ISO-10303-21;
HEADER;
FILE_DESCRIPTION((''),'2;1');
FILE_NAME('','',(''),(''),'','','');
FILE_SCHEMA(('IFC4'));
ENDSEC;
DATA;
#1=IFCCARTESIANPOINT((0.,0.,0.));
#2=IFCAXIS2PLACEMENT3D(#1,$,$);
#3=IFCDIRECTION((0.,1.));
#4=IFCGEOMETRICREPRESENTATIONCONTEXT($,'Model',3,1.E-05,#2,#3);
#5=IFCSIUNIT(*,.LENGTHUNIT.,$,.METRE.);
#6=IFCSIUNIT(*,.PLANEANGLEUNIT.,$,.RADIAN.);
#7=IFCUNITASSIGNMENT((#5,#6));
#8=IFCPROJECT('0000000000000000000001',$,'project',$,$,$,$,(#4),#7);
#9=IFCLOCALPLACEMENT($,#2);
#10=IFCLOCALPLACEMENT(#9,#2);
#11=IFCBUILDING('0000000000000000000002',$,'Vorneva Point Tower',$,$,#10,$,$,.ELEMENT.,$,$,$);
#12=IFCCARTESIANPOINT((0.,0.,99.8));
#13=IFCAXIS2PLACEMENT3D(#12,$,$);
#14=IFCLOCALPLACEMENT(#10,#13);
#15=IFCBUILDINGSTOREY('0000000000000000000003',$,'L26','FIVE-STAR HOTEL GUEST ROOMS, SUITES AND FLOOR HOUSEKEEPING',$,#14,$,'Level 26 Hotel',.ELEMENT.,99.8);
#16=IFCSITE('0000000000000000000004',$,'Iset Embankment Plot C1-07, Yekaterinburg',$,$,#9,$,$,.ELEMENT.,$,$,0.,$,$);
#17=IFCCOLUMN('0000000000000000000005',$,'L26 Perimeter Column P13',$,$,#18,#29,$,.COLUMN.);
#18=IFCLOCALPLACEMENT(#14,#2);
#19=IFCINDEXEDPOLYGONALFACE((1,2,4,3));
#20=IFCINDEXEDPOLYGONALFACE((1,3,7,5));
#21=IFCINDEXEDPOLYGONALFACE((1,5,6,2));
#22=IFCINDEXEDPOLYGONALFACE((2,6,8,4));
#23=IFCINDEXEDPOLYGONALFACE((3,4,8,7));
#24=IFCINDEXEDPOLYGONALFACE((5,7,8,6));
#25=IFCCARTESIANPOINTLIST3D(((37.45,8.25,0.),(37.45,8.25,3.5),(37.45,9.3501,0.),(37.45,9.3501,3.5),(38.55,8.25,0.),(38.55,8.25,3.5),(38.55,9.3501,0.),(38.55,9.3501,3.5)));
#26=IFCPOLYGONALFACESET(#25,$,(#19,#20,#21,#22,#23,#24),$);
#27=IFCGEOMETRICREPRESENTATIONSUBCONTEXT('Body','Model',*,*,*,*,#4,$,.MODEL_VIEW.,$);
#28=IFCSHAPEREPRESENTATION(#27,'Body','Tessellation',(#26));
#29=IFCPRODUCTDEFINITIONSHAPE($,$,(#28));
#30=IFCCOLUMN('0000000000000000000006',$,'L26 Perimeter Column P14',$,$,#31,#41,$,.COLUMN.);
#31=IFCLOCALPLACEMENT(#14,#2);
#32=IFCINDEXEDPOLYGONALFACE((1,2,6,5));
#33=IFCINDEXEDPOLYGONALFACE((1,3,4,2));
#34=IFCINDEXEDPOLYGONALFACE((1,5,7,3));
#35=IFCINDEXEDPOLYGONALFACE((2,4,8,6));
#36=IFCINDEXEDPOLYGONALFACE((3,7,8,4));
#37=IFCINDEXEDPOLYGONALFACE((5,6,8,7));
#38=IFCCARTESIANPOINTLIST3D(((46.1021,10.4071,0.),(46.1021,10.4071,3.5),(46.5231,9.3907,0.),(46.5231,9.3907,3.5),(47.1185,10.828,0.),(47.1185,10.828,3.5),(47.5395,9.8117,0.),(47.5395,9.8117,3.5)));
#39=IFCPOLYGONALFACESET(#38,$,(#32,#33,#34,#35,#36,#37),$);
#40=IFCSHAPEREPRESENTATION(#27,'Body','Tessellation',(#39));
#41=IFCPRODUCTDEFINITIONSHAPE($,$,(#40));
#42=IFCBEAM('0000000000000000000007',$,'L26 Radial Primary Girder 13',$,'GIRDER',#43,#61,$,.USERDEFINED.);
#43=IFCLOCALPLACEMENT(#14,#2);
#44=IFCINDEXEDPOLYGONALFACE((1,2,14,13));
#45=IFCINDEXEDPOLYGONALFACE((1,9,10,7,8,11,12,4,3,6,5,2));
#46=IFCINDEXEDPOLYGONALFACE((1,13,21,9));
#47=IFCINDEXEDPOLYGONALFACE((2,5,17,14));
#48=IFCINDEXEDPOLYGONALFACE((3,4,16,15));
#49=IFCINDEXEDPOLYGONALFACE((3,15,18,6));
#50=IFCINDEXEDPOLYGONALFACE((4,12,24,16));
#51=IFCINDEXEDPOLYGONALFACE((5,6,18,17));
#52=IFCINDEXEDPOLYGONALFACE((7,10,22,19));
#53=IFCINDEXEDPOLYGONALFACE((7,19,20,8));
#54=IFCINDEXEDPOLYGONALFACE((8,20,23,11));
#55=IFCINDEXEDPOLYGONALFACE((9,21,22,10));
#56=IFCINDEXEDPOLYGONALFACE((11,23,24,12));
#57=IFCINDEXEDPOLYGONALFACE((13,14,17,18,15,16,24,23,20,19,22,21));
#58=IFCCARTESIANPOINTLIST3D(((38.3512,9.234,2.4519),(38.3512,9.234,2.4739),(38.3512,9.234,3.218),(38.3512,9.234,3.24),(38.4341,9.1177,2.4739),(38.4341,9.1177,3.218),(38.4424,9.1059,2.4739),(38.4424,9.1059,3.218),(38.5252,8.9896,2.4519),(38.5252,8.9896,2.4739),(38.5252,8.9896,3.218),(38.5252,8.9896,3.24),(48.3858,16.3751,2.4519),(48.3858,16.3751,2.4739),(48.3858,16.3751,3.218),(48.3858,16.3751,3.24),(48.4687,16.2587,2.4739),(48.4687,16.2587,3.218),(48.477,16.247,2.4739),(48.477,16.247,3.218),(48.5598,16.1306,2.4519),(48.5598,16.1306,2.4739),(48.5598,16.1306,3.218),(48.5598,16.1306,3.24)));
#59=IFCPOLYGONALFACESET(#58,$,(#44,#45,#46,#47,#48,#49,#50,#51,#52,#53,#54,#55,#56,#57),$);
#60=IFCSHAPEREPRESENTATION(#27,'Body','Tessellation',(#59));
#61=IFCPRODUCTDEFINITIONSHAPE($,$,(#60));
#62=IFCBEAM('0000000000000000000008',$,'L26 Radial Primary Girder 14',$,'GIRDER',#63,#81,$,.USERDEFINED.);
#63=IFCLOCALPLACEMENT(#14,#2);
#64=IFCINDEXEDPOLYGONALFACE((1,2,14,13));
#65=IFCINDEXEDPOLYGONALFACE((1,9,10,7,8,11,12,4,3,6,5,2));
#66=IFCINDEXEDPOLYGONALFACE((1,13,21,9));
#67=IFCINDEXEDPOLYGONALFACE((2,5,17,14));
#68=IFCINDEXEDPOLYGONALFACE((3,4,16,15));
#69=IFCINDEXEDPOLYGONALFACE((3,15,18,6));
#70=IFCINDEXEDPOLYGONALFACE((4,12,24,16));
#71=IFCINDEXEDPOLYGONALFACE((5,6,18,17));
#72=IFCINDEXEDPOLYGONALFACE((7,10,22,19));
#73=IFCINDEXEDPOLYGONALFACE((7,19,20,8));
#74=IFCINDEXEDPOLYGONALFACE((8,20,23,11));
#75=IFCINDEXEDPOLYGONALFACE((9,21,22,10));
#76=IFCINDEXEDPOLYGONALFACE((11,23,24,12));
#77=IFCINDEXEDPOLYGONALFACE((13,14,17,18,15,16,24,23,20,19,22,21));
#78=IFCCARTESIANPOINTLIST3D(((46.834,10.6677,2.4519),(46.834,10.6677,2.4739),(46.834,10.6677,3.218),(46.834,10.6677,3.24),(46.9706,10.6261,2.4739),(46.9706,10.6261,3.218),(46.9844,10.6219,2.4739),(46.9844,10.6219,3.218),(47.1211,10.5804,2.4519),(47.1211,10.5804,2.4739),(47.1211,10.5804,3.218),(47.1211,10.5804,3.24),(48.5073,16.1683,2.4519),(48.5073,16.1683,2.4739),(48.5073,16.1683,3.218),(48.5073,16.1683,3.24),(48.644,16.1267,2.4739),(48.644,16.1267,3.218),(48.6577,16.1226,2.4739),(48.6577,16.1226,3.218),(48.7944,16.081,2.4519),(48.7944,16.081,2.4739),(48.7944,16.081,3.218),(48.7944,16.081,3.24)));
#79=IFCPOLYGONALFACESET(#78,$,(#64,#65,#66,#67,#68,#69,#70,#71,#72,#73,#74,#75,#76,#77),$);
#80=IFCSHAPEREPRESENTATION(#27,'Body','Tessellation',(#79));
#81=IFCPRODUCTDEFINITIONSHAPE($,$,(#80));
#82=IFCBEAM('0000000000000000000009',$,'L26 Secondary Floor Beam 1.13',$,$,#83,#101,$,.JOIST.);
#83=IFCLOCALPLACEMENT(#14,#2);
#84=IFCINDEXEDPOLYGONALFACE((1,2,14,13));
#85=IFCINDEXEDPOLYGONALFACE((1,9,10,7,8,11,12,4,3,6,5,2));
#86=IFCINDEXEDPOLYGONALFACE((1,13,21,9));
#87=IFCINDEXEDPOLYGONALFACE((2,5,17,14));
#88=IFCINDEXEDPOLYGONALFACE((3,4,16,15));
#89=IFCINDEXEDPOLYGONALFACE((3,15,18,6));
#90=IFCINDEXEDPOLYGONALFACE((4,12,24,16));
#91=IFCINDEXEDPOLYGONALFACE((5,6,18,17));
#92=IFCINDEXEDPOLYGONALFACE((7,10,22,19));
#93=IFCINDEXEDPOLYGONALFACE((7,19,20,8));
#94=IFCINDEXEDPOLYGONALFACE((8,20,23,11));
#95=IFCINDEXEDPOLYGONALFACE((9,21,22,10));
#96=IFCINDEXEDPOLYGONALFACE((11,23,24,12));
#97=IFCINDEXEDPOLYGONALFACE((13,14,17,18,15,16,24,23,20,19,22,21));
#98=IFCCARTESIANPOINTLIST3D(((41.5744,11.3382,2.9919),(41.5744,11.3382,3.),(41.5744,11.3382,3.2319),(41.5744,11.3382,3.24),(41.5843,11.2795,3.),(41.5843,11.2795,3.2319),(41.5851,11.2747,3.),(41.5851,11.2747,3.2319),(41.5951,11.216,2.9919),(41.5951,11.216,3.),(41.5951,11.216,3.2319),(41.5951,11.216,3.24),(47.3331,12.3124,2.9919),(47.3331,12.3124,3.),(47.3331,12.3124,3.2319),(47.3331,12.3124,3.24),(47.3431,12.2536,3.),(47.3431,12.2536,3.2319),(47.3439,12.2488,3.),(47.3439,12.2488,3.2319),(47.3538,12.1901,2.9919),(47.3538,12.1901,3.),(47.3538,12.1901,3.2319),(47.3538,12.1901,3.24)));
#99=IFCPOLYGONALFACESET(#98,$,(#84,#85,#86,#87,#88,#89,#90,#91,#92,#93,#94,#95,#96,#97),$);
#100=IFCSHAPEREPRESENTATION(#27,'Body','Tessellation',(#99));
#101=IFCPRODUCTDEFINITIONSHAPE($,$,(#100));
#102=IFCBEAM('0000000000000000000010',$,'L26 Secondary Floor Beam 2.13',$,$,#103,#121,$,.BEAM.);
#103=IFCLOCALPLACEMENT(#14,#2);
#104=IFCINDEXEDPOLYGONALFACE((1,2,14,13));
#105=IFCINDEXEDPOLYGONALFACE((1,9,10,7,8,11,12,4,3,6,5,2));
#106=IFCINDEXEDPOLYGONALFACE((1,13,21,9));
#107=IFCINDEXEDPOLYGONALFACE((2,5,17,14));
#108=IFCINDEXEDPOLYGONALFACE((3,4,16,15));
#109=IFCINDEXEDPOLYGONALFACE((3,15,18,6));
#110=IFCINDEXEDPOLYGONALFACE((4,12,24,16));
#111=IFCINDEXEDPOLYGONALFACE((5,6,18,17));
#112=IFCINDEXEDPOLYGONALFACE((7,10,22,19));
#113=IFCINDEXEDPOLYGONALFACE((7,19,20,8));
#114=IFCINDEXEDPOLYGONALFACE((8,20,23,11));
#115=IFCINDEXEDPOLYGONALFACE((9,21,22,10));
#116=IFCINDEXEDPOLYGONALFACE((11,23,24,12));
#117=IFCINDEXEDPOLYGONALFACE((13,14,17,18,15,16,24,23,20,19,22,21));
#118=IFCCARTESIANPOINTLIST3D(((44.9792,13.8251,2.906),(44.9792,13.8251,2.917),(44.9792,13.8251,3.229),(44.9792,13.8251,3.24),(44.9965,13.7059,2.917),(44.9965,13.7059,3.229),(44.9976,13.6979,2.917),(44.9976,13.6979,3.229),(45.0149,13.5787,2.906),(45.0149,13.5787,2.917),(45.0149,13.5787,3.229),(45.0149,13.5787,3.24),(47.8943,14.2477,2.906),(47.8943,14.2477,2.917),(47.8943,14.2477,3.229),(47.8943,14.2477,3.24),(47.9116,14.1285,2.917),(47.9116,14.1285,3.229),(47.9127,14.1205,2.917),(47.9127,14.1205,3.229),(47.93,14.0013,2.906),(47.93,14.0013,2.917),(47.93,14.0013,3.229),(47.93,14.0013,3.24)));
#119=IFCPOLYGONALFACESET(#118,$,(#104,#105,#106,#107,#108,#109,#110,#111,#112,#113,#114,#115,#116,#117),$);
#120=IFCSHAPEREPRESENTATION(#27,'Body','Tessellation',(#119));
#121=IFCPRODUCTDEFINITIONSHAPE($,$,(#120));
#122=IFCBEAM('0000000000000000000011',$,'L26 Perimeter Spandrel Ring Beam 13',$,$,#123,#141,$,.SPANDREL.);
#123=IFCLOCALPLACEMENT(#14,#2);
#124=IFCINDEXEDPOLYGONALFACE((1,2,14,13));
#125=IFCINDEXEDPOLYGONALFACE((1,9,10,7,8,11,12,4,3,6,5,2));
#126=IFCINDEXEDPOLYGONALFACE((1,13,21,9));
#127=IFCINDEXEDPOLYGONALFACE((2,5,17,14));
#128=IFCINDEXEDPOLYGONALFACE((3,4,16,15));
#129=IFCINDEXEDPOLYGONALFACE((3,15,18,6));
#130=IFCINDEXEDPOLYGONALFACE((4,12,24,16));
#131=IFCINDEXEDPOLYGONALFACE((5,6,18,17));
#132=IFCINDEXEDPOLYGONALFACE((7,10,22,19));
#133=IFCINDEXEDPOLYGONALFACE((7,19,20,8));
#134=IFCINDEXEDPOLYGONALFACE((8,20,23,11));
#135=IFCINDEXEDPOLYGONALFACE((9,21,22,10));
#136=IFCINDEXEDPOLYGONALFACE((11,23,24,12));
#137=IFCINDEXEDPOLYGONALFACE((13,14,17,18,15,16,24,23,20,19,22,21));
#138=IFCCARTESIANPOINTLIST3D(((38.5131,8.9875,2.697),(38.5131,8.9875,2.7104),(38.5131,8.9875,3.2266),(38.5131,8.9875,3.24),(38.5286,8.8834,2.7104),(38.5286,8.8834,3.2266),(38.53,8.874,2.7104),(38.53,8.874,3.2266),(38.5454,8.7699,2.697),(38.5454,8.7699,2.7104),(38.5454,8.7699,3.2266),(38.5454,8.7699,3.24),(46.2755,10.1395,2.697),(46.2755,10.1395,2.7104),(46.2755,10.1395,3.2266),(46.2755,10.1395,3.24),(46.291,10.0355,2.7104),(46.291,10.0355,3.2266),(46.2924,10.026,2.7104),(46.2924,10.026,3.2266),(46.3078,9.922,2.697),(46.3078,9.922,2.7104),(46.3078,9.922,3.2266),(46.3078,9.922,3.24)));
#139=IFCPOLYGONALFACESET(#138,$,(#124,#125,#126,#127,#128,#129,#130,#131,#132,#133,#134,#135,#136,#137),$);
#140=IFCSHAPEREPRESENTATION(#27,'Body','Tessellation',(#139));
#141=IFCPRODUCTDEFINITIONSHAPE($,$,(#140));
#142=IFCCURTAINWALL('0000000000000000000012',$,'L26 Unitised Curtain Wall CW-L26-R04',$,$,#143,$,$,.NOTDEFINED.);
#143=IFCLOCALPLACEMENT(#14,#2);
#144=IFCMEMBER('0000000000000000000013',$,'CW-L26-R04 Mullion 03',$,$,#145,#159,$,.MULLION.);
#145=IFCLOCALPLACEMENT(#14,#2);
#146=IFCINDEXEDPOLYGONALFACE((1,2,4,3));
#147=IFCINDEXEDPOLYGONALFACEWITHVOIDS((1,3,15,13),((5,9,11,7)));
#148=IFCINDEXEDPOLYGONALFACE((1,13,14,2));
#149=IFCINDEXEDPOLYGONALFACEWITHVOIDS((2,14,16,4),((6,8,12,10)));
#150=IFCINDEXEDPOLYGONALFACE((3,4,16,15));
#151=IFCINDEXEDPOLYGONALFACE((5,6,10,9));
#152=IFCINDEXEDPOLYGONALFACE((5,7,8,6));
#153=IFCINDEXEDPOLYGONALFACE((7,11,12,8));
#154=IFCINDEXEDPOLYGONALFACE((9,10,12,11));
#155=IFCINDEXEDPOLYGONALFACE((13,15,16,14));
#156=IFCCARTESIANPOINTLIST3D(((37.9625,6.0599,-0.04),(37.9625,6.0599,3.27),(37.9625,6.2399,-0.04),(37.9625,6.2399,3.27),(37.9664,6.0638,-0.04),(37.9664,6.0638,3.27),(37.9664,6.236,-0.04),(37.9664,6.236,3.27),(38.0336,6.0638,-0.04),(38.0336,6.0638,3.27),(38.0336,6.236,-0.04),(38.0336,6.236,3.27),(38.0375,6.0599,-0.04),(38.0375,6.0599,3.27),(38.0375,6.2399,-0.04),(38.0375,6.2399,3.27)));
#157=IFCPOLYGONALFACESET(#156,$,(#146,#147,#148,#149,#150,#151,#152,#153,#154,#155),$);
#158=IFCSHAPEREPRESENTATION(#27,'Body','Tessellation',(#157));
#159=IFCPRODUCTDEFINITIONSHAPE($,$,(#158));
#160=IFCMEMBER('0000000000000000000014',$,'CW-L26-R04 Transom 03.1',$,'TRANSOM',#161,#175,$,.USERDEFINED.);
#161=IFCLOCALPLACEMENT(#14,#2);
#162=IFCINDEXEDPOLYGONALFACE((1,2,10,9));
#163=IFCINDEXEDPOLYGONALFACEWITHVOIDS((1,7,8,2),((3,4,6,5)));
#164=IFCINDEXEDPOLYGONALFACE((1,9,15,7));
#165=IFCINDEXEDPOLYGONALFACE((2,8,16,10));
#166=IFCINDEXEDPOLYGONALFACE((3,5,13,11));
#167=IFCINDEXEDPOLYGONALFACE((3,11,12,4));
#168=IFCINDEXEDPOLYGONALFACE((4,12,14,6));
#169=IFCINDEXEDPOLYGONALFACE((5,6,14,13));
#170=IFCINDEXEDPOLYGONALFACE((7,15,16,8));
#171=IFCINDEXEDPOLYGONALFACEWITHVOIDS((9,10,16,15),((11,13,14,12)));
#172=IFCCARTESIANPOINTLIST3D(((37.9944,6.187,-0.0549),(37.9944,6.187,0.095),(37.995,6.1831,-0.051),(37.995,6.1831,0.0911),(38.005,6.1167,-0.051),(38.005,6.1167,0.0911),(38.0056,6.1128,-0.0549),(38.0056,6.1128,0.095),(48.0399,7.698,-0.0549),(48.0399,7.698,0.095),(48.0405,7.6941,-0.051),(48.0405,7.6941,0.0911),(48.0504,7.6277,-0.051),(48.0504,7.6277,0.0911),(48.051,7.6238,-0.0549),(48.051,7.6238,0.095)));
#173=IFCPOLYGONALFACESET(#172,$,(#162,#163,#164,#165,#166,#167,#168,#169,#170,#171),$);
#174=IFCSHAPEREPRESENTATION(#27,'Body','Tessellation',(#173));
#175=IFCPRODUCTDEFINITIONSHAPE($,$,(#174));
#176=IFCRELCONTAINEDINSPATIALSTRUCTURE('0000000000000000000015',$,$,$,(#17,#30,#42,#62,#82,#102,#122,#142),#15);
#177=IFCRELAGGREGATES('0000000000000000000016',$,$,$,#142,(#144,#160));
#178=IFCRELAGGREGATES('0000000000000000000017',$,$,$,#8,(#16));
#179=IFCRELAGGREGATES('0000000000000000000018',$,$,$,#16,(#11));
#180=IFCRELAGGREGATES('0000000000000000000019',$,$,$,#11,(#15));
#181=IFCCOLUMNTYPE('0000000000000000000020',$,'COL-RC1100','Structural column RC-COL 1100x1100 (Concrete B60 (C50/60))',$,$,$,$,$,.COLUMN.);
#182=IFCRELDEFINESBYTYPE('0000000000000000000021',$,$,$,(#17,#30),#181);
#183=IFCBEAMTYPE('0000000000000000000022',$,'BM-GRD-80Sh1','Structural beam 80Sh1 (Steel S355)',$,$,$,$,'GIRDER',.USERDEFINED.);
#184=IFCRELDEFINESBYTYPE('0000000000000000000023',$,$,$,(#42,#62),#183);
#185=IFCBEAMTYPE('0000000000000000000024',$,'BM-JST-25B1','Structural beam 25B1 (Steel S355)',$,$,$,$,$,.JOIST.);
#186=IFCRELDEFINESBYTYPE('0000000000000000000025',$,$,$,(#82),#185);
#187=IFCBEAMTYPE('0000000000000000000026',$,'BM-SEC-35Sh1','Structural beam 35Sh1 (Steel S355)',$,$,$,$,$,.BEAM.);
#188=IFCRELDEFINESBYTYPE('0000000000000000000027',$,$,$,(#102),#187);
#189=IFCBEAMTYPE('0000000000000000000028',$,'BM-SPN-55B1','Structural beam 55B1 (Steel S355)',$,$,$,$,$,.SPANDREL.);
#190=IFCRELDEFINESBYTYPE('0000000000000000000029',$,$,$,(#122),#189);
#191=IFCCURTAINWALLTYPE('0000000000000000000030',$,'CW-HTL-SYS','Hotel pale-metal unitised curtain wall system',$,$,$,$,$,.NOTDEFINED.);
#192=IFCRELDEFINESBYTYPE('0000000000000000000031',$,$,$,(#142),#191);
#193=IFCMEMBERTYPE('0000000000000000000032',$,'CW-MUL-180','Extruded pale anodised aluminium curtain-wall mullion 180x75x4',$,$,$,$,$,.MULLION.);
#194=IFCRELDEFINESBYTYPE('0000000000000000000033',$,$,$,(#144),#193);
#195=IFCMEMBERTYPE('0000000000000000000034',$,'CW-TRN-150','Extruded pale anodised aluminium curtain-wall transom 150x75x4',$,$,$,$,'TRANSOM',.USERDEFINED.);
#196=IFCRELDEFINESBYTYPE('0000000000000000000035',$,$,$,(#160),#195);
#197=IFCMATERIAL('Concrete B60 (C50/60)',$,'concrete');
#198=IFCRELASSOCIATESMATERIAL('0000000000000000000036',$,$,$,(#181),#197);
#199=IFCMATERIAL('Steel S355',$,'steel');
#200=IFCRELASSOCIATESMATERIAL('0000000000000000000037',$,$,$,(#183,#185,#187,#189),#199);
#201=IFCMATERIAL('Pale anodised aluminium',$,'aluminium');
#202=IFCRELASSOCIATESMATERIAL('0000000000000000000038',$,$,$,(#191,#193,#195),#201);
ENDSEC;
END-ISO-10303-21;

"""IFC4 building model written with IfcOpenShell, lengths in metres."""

from ifc_helpers import new_model, si_unit, direction, frame, origin, origin_2d, place, context, subcontext, project, spatial, rectangle, hollow_rectangle, i_section, extrude, material, material_profile, profile_set, type_object, element, aggregate, save


model = new_model("IFC4")

# Units and contexts
model_context = context("Model", 3, precision=1e-05, world=origin(), true_north=direction((0.0, 1.0)))
body_context = subcontext(model_context, "Body", "Model", "MODEL_VIEW")
ifc_project = project(units=[si_unit("LENGTHUNIT", "METRE"), si_unit("PLANEANGLEUNIT", "RADIAN")], contexts=[model_context])

# Site, building, storey
site_placement = place(None, origin())
site = spatial("IfcSite", under=ifc_project, at=site_placement, Name="Iset Embankment Plot C1-07, Yekaterinburg", CompositionType="ELEMENT", RefElevation=0.0)
building_placement = place(site_placement, origin())
building = spatial("IfcBuilding", under=site, at=building_placement, Name="Vorneva Point Tower", CompositionType="ELEMENT")
storey_placement = place(building_placement, frame((0.0, 0.0, 99.8)))
storey = spatial("IfcBuildingStorey", under=building, at=storey_placement, Name="L26", Description="FIVE-STAR HOTEL GUEST ROOMS, SUITES AND FLOOR HOUSEKEEPING", LongName="Level 26 Hotel", CompositionType="ELEMENT", Elevation=99.8)

# Columns
ifc_material_1 = material(Name="Concrete B60 (C50/60)", Category="concrete")
ifc_material_profile_1 = material_profile(ifc_material_1, rectangle(XDim=1.1001, YDim=1.1001, at=origin_2d()), Name="RC-COL 1100x1100")
ifc_profile_set_1 = profile_set([ifc_material_profile_1], Name="Concrete B60 (C50/60)")
column_type = type_object("IfcColumnType", Name="COL-RC1100", Description="Structural column RC-COL 1100x1100 (Concrete B60 (C50/60))", PredefinedType="COLUMN", material=ifc_profile_set_1)
for number, where, z_axis, x_axis, name in (
    (1, (38.0, 8.8, 0.0), (0.0, 0.0, 1.0), (0.0, -1.0, 0.0), "L26 Perimeter Column P13"),
    (2, (46.8208, 10.1094, 0.0), (0.0, 0.0, 1.0), (0.382683, -0.92388, 0.0), "L26 Perimeter Column P14"),
):
    element("IfcColumn", number, at=place(storey_placement, frame(where, z_axis=z_axis, x_axis=x_axis)), inside=storey, type_object=column_type, Name=name, PredefinedType="COLUMN", context=body_context, shape_type="SweptSolid", body=[
        extrude(rectangle(XDim=1.1001, YDim=1.1001, at=origin_2d()), origin(), (0.0, 0.0, 1.0), 3.5),
    ])

# Beams
ifc_material_2 = material(Name="Steel S355", Category="steel")
ifc_material_profile_2 = material_profile(ifc_material_2, i_section(OverallWidth=0.3, OverallDepth=0.7881, WebThickness=0.0144, FlangeThickness=0.022, at=origin_2d()), Name="80Sh1")
ifc_profile_set_2 = profile_set([ifc_material_profile_2], Name="Steel S355")
beam_type_1 = type_object("IfcBeamType", Name="BM-GRD-80Sh1", Description="Structural beam 80Sh1 (Steel S355)", ElementType="GIRDER", PredefinedType="USERDEFINED", material=ifc_profile_set_2)
beam_1_placement = place(storey_placement, frame((38.4382, 9.1118, 2.8459), z_axis=(0.81475, 0.579812, 0.0), x_axis=(-0.579812, 0.81475, 0.0)))
element("IfcBeam", 3, at=beam_1_placement, inside=storey, type_object=beam_type_1, Name="L26 Radial Primary Girder 13", ObjectType="GIRDER", PredefinedType="USERDEFINED", context=body_context, shape_type="SweptSolid", body=[
    extrude(i_section(OverallWidth=0.3, OverallDepth=0.7881, WebThickness=0.0144, FlangeThickness=0.022, at=origin_2d()), origin(), (0.0, 0.0, 1.0), 12.3162),
])
beam_2_placement = place(storey_placement, frame((46.9775, 10.624, 2.8459), z_axis=(0.291035, 0.956712, 0.0), x_axis=(-0.956712, 0.291035, 0.0)))
element("IfcBeam", 4, at=beam_2_placement, inside=storey, type_object=beam_type_1, Name="L26 Radial Primary Girder 14", ObjectType="GIRDER", PredefinedType="USERDEFINED", context=body_context, shape_type="SweptSolid", body=[
    extrude(i_section(OverallWidth=0.3, OverallDepth=0.7881, WebThickness=0.0144, FlangeThickness=0.022, at=origin_2d()), origin(), (0.0, 0.0, 1.0), 5.7495),
])
ifc_material_profile_3 = material_profile(ifc_material_2, i_section(OverallWidth=0.124, OverallDepth=0.248, WebThickness=0.0049, FlangeThickness=0.0081, at=origin_2d()), Name="25B1")
ifc_profile_set_3 = profile_set([ifc_material_profile_3], Name="Steel S355")
beam_type_2 = type_object("IfcBeamType", Name="BM-JST-25B1", Description="Structural beam 25B1 (Steel S355)", PredefinedType="JOIST", material=ifc_profile_set_3)
beam_3_placement = place(storey_placement, frame((41.5847, 11.2771, 3.116), z_axis=(0.985993, 0.166785, 0.0), x_axis=(-0.166785, 0.985993, 0.0)))
element("IfcBeam", 5, at=beam_3_placement, inside=storey, type_object=beam_type_2, Name="L26 Secondary Floor Beam 1.13", PredefinedType="JOIST", context=body_context, shape_type="SweptSolid", body=[
    extrude(i_section(OverallWidth=0.124, OverallDepth=0.248, WebThickness=0.0049, FlangeThickness=0.0081, at=origin_2d()), origin(), (0.0, 0.0, 1.0), 5.8406),
])
ifc_material_profile_4 = material_profile(ifc_material_2, i_section(OverallWidth=0.249, OverallDepth=0.334, WebThickness=0.0081, FlangeThickness=0.011, at=origin_2d()), Name="35Sh1")
ifc_profile_set_4 = profile_set([ifc_material_profile_4], Name="Steel S355")
beam_type_3 = type_object("IfcBeamType", Name="BM-SEC-35Sh1", Description="Structural beam 35Sh1 (Steel S355)", PredefinedType="BEAM", material=ifc_profile_set_4)
beam_4_placement = place(storey_placement, frame((44.9971, 13.7019, 3.073), z_axis=(0.989654, 0.143475, 0.0), x_axis=(-0.143475, 0.989654, 0.0)))
element("IfcBeam", 6, at=beam_4_placement, inside=storey, type_object=beam_type_3, Name="L26 Secondary Floor Beam 2.13", PredefinedType="BEAM", context=body_context, shape_type="SweptSolid", body=[
    extrude(i_section(OverallWidth=0.249, OverallDepth=0.334, WebThickness=0.0081, FlangeThickness=0.011, at=origin_2d()), origin(), (0.0, 0.0, 1.0), 2.9456),
])
ifc_material_profile_5 = material_profile(ifc_material_2, i_section(OverallWidth=0.22, OverallDepth=0.543, WebThickness=0.0095, FlangeThickness=0.0134, at=origin_2d()), Name="55B1")
ifc_profile_set_5 = profile_set([ifc_material_profile_5], Name="Steel S355")
beam_type_4 = type_object("IfcBeamType", Name="BM-SPN-55B1", Description="Structural beam 55B1 (Steel S355)", PredefinedType="SPANDREL", material=ifc_profile_set_5)
beam_5_placement = place(storey_placement, frame((38.5293, 8.8787, 2.9685), z_axis=(0.989165, 0.146811, 0.0), x_axis=(-0.146811, 0.989165, 0.0)))
element("IfcBeam", 7, at=beam_5_placement, inside=storey, type_object=beam_type_4, Name="L26 Perimeter Spandrel Ring Beam 13", PredefinedType="SPANDREL", context=body_context, shape_type="SweptSolid", body=[
    extrude(i_section(OverallWidth=0.22, OverallDepth=0.543, WebThickness=0.0095, FlangeThickness=0.0134, at=origin_2d()), origin(), (0.0, 0.0, 1.0), 7.8474),
])

# Curtain wall, members
ifc_material_3 = material(Name="Pale anodised aluminium", Category="aluminium")
curtain_wall_type = type_object("IfcCurtainWallType", Name="CW-HTL-SYS", Description="Hotel pale-metal unitised curtain wall system", PredefinedType="NOTDEFINED", material=ifc_material_3)
curtain_wall_placement = place(storey_placement, origin())
curtain_wall = element("IfcCurtainWall", 8, at=curtain_wall_placement, inside=storey, type_object=curtain_wall_type, Name="L26 Unitised Curtain Wall CW-L26-R04", PredefinedType="NOTDEFINED")
ifc_material_profile_6 = material_profile(ifc_material_3, hollow_rectangle(XDim=0.075, YDim=0.1799, WallThickness=0.0039, at=origin_2d()), Name="AL-MUL 180x75x4")
ifc_profile_set_6 = profile_set([ifc_material_profile_6], Name="Pale anodised aluminium")
member_type_1 = type_object("IfcMemberType", Name="CW-MUL-180", Description="Extruded pale anodised aluminium curtain-wall mullion 180x75x4", PredefinedType="MULLION", material=ifc_profile_set_6)
member_1_placement = place(storey_placement, frame((38.0, 6.1499, -0.04), z_axis=(0.0, 0.0, 1.0), x_axis=(1.0, 0.0, 0.0)))
member_1 = element("IfcMember", 9, at=member_1_placement, type_object=member_type_1, Name="CW-L26-R04 Mullion 03", PredefinedType="MULLION", context=body_context, shape_type="SweptSolid", body=[
    extrude(hollow_rectangle(XDim=0.075, YDim=0.1799, WallThickness=0.0039, at=origin_2d()), origin(), (0.0, 0.0, 1.0), 3.3101),
])
ifc_material_profile_7 = material_profile(ifc_material_3, hollow_rectangle(XDim=0.075, YDim=0.1499, WallThickness=0.0039, at=origin_2d()), Name="AL-TRN 150x75x4")
ifc_profile_set_7 = profile_set([ifc_material_profile_7], Name="Pale anodised aluminium")
member_type_2 = type_object("IfcMemberType", Name="CW-TRN-150", Description="Extruded pale anodised aluminium curtain-wall transom 150x75x4", ElementType="TRANSOM", PredefinedType="USERDEFINED", material=ifc_profile_set_7)
member_2_placement = place(storey_placement, frame((38.0, 6.1499, 0.02), z_axis=(0.988876, 0.148742, 0.0), x_axis=(-0.148742, 0.988876, 0.0)))
member_2 = element("IfcMember", 10, at=member_2_placement, type_object=member_type_2, Name="CW-L26-R04 Transom 03.1", ObjectType="TRANSOM", PredefinedType="USERDEFINED", context=body_context, shape_type="SweptSolid", body=[
    extrude(hollow_rectangle(XDim=0.075, YDim=0.1499, WallThickness=0.0039, at=origin_2d()), origin(), (0.0, 0.0, 1.0), 10.1584),
])
aggregate(curtain_wall, [member_1, member_2])

save(model, "model.ifc")
